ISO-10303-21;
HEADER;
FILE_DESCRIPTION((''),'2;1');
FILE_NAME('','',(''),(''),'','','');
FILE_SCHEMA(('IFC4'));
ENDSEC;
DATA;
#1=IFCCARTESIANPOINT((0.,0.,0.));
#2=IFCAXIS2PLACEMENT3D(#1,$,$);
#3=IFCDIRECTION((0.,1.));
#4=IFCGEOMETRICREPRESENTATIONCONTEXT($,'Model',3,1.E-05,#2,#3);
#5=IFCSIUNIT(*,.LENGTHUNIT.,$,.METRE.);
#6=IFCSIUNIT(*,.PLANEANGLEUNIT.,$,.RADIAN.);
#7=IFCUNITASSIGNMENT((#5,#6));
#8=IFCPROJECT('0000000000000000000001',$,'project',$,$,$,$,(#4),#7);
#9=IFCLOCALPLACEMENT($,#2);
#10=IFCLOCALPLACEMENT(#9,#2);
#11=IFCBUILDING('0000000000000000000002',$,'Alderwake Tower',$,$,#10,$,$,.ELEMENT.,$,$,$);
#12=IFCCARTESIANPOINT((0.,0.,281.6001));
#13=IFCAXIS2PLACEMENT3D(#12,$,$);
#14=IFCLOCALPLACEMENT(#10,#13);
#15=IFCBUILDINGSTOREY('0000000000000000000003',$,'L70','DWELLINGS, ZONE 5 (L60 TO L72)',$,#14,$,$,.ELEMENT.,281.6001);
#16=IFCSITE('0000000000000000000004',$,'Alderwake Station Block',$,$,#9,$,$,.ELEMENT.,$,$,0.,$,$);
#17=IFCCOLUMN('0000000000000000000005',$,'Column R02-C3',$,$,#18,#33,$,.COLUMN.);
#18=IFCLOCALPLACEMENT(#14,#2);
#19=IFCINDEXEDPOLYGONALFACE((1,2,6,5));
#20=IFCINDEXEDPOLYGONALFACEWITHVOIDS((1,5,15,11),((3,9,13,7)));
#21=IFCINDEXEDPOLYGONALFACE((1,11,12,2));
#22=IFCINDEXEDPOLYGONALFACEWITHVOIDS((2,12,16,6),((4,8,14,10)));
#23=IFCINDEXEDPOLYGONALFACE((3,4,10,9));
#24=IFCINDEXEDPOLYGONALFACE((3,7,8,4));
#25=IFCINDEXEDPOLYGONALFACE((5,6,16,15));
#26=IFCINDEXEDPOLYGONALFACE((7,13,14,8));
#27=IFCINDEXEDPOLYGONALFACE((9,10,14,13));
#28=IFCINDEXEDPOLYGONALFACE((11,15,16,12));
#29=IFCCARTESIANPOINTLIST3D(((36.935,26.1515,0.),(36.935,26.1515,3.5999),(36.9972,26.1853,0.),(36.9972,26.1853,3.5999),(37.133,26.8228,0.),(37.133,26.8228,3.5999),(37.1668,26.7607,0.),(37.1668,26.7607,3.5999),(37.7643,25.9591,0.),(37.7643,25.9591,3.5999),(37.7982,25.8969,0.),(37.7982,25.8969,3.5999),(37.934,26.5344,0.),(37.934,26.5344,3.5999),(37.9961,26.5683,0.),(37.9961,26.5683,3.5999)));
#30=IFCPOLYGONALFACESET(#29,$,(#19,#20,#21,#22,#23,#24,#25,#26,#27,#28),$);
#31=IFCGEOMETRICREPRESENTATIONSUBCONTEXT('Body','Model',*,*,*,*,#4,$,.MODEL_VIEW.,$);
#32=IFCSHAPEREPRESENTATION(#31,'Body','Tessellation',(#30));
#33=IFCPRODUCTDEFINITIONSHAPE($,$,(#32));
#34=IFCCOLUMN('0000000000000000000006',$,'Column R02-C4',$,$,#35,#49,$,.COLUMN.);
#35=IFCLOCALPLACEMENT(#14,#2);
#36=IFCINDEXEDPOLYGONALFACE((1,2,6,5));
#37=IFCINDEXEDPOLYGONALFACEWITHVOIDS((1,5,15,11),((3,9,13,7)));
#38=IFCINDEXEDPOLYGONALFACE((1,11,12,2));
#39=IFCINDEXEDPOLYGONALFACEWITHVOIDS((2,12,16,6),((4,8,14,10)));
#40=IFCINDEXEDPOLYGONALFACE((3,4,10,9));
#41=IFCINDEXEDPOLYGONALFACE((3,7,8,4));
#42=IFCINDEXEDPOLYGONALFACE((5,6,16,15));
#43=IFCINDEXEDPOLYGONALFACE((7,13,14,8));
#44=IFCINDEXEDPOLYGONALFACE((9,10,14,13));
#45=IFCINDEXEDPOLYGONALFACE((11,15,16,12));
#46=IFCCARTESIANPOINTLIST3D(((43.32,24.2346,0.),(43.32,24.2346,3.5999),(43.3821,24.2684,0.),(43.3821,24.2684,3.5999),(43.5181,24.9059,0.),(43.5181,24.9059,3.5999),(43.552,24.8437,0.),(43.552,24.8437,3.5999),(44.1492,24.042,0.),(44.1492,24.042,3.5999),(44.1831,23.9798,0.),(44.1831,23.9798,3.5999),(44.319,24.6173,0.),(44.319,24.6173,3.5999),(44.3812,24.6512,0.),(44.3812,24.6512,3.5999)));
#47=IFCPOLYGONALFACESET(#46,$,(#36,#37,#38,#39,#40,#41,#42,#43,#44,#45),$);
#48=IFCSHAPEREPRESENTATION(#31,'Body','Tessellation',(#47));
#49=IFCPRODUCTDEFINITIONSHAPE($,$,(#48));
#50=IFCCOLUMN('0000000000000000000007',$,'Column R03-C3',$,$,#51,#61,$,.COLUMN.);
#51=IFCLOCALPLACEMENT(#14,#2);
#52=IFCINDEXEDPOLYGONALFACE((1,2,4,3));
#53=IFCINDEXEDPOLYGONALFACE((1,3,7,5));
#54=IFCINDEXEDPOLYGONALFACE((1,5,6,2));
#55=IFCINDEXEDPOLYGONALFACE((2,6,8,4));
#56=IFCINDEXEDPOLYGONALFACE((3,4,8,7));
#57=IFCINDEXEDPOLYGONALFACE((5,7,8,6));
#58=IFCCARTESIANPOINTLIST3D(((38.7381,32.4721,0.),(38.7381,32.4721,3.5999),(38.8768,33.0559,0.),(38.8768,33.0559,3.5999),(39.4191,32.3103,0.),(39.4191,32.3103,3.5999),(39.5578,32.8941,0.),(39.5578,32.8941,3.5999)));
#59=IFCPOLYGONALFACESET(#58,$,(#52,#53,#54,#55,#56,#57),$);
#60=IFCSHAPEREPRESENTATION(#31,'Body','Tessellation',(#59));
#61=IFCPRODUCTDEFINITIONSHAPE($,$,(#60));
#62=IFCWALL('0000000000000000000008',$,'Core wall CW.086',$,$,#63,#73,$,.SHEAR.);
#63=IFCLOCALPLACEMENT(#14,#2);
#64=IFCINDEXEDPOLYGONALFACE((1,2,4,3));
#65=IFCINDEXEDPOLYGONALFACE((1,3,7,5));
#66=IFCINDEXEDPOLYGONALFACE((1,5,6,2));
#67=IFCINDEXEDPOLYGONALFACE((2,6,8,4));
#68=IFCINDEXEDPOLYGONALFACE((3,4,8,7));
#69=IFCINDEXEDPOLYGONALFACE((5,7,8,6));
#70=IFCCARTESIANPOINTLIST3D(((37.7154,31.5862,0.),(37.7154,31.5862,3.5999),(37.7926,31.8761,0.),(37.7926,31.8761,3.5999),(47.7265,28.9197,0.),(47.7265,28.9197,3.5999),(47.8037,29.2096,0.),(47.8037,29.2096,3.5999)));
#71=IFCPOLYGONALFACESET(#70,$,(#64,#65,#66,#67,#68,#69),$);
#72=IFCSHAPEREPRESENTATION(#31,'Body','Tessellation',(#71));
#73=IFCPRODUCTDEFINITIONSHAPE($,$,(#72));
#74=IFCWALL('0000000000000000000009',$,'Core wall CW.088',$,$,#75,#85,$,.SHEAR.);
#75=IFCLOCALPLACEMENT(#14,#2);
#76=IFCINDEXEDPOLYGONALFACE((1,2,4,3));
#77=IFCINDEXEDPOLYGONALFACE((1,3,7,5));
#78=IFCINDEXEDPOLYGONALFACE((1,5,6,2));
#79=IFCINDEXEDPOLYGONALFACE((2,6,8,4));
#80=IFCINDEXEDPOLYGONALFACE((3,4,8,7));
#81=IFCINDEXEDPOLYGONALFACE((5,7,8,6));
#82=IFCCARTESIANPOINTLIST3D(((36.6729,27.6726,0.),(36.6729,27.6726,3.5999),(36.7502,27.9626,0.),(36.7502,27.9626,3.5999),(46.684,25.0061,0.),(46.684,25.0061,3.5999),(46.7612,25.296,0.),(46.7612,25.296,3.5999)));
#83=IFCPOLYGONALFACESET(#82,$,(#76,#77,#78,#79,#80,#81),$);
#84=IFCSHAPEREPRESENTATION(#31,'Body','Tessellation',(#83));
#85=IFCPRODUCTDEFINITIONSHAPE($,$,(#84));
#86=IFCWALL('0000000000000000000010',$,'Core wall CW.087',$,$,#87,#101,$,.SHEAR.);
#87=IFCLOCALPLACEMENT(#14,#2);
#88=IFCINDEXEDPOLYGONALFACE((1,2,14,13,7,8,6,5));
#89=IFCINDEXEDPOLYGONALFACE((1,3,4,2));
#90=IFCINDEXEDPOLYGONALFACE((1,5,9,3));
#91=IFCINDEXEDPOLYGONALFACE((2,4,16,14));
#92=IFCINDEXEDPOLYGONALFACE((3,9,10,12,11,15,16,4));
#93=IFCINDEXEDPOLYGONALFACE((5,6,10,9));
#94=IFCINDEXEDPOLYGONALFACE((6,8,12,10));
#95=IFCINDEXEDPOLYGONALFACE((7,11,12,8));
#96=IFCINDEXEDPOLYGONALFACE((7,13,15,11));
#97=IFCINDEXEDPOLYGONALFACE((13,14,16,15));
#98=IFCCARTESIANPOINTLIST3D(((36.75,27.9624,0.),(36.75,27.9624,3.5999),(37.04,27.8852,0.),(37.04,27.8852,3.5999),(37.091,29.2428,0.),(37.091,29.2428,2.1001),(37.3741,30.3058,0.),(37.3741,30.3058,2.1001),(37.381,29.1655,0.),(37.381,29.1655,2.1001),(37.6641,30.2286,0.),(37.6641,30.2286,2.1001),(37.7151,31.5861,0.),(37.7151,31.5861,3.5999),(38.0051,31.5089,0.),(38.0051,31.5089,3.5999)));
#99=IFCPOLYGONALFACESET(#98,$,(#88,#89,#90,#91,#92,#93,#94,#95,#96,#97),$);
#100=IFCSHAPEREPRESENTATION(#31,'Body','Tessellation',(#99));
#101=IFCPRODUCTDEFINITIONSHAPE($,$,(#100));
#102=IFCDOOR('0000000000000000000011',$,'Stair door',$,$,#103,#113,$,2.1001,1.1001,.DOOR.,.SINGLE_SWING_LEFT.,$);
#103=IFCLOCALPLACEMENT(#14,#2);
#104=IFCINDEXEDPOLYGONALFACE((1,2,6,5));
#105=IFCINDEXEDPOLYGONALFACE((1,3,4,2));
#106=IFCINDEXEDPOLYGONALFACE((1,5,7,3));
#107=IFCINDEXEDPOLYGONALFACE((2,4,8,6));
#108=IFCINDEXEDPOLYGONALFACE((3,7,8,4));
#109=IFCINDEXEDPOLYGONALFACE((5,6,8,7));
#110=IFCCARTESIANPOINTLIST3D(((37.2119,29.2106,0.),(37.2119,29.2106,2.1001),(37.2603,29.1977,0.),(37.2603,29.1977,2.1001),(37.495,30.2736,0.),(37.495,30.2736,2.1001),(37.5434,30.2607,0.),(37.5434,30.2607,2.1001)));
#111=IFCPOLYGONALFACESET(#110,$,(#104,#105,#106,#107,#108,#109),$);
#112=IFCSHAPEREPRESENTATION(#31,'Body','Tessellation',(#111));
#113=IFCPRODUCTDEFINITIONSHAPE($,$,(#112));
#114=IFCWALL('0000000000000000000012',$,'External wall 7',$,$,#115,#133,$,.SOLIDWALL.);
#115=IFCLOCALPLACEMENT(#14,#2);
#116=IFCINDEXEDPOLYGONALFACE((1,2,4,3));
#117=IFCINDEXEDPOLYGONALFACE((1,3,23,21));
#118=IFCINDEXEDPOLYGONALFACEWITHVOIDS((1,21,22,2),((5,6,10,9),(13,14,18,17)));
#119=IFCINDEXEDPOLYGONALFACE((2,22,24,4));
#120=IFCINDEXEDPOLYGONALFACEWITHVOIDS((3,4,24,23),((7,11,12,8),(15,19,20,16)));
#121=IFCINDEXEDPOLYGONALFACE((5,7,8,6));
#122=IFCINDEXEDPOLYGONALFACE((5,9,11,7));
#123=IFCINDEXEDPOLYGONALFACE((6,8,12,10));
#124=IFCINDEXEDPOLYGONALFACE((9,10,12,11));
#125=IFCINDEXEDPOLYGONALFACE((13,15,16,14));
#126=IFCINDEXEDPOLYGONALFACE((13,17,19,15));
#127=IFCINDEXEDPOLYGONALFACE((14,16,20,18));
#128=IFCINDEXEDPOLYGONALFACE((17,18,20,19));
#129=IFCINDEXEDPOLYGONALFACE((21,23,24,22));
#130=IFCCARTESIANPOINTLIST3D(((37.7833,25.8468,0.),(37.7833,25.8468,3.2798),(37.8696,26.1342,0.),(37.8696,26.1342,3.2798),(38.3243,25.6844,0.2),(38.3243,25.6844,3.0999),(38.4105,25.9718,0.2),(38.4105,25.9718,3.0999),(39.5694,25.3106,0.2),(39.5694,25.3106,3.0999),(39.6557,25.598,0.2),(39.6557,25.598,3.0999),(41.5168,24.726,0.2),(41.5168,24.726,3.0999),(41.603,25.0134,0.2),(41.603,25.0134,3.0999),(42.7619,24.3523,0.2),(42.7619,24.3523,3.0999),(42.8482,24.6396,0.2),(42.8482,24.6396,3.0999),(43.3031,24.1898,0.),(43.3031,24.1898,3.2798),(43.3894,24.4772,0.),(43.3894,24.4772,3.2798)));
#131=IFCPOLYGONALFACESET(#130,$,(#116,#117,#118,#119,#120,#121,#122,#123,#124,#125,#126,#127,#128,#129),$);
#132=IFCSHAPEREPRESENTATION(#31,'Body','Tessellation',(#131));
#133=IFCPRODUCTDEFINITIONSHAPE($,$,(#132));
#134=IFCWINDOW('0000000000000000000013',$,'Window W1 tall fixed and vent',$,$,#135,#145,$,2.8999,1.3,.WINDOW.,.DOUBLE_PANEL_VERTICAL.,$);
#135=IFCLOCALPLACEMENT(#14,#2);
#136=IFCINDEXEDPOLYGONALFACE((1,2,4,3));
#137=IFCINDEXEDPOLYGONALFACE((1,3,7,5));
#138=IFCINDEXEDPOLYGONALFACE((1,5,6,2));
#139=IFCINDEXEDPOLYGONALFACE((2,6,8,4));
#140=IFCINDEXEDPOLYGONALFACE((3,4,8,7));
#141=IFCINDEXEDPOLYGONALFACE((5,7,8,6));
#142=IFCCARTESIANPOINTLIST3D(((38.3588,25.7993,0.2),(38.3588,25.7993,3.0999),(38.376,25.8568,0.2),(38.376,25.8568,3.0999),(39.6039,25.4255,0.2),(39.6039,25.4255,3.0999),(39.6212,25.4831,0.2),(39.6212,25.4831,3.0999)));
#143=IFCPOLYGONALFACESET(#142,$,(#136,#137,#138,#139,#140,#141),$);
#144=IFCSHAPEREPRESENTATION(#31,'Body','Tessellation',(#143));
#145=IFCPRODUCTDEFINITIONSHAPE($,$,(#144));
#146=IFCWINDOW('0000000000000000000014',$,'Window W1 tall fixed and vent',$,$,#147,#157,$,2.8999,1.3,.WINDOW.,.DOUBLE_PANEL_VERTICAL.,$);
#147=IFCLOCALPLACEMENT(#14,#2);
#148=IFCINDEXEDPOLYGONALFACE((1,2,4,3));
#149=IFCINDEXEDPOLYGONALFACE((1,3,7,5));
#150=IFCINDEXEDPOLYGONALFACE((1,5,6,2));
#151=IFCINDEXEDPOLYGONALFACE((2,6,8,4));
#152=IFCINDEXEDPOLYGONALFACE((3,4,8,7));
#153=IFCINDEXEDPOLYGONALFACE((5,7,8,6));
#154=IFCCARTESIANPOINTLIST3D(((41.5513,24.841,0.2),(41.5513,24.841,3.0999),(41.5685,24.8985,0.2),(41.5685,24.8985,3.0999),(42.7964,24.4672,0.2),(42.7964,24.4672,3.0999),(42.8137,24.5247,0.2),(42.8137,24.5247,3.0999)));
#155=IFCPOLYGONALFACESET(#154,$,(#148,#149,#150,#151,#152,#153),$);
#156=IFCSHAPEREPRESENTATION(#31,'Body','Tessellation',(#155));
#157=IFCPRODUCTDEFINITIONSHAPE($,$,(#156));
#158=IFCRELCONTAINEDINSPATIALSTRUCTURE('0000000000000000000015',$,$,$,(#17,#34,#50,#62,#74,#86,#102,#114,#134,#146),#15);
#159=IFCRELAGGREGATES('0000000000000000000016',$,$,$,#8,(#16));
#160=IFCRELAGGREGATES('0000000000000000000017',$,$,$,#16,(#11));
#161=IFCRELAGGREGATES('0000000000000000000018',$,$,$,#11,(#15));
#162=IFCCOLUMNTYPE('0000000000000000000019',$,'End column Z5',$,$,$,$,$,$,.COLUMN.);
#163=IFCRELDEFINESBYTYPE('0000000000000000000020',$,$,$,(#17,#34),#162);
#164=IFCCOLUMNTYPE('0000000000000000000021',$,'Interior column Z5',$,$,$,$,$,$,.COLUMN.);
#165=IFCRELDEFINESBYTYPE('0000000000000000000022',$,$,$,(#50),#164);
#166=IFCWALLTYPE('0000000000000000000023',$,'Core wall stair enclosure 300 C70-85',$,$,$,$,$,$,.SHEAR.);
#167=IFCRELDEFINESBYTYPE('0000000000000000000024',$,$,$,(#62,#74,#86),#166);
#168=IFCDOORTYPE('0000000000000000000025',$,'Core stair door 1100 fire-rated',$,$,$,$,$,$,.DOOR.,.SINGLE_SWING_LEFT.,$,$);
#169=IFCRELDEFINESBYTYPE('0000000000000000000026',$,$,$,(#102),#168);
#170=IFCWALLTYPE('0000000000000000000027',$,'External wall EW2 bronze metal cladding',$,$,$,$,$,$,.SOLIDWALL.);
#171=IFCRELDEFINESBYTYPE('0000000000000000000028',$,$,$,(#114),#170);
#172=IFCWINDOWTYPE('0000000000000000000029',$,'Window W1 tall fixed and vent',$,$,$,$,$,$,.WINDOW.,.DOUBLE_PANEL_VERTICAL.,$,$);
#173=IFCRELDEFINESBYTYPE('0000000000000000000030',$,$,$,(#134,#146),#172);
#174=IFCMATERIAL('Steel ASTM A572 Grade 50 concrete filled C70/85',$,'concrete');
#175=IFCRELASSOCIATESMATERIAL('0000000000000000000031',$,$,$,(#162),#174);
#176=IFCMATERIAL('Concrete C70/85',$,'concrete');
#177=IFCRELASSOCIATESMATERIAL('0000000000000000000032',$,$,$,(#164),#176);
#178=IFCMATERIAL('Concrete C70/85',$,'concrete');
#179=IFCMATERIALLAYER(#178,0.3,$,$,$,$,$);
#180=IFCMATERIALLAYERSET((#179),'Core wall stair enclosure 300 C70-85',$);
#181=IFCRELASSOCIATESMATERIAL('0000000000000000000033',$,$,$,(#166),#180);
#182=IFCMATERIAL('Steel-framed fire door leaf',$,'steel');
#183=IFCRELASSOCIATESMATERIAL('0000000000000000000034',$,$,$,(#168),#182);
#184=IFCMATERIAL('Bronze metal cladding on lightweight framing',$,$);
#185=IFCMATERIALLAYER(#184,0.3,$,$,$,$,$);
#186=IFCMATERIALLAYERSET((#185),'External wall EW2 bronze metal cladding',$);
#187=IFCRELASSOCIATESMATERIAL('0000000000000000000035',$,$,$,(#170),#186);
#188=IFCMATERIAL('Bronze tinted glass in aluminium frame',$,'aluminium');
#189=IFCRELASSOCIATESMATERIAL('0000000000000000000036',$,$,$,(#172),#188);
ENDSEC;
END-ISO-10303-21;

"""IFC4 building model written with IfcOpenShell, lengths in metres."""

from ifc_helpers import new_model, si_unit, direction, frame, frame_2d, origin, origin_2d, place, context, subcontext, project, spatial, rectangle, hollow_rectangle, extrude, material, layer, layer_set, material_profile, profile_set, type_object, element, fill, save


model = new_model("IFC4")

# Units and contexts
model_context = context("Model", 3, precision=1e-05, world=origin(), true_north=direction((0.0, 1.0)))
body_context = subcontext(model_context, "Body", "Model", "MODEL_VIEW")
ifc_project = project(units=[si_unit("LENGTHUNIT", "METRE"), si_unit("PLANEANGLEUNIT", "RADIAN")], contexts=[model_context])

# Site, building, storey
site_placement = place(None, origin())
site = spatial("IfcSite", under=ifc_project, at=site_placement, Name="Alderwake Station Block", CompositionType="ELEMENT", RefElevation=0.0)
building_placement = place(site_placement, origin())
building = spatial("IfcBuilding", under=site, at=building_placement, Name="Alderwake Tower", CompositionType="ELEMENT")
storey_placement = place(building_placement, frame((0.0, 0.0, 281.6001)))
storey = spatial("IfcBuildingStorey", under=building, at=storey_placement, Name="L70", Description="DWELLINGS, ZONE 5 (L60 TO L72)", CompositionType="ELEMENT", Elevation=281.6001)

# Columns
ifc_material_1 = material(Name="Steel ASTM A572 Grade 50 concrete filled C70/85", Category="concrete")
ifc_material_profile_1 = material_profile(ifc_material_1, hollow_rectangle(XDim=0.7, YDim=0.8999, WallThickness=0.05, at=origin_2d()), Name="BOX 900X700X50")
ifc_profile_set_1 = profile_set([ifc_material_profile_1], Name="Steel ASTM A572 Grade 50 concrete filled C70/85")
column_type_1 = type_object("IfcColumnType", Name="End column Z5", PredefinedType="COLUMN", material=ifc_profile_set_1)
for number, where, z_axis, x_axis, name in (
    (1, (37.4656, 26.3599, 0.0), (0.0, 0.0, 1.0), (0.282854, 0.959163, 0.0), "Column R02-C3"),
    (2, (43.8506, 24.4429, 0.0), (0.0, 0.0, 1.0), (0.283096, 0.959091, 0.0), "Column R02-C4"),
):
    element("IfcColumn", number, at=place(storey_placement, frame(where, z_axis=z_axis, x_axis=x_axis)), inside=storey, type_object=column_type_1, Name=name, PredefinedType="COLUMN", context=body_context, shape_type="SweptSolid", body=[
        extrude(hollow_rectangle(XDim=0.7, YDim=0.8999, WallThickness=0.05, at=origin_2d()), origin(), (0.0, 0.0, 1.0), 3.5999),
    ])
ifc_material_2 = material(Name="Concrete C70/85", Category="concrete")
ifc_material_profile_2 = material_profile(ifc_material_2, rectangle(XDim=0.6001, YDim=0.7, at=origin_2d()), Name="RC 700X600")
ifc_profile_set_2 = profile_set([ifc_material_profile_2], Name="Concrete C70/85")
column_type_2 = type_object("IfcColumnType", Name="Interior column Z5", PredefinedType="COLUMN", material=ifc_profile_set_2)
column_placement = place(storey_placement, frame((39.1479, 32.6831, 0.0), z_axis=(0.0, 0.0, 1.0), x_axis=(0.231222, 0.972901, 0.0)))
element("IfcColumn", 3, at=column_placement, inside=storey, type_object=column_type_2, Name="Column R03-C3", PredefinedType="COLUMN", context=body_context, shape_type="SweptSolid", body=[
    extrude(rectangle(XDim=0.6001, YDim=0.7, at=origin_2d()), origin(), (0.0, 0.0, 1.0), 3.5999),
])

# Walls
ifc_material_3 = material(Name="Concrete C70/85", Category="concrete")
ifc_layer_1 = layer(ifc_material_3, 0.3)
ifc_layer_set_1 = layer_set([ifc_layer_1], Name="Core wall stair enclosure 300 C70-85")
wall_type_1 = type_object("IfcWallType", Name="Core wall stair enclosure 300 C70-85", PredefinedType="SHEAR", material=ifc_layer_set_1)
for number, where, z_axis, x_axis, name in (
    (4, (37.7539, 31.7312, 0.0), (0.0, 0.0, 1.0), (0.966309, -0.257384, 0.0), "Core wall CW.086"),
    (5, (36.7114, 27.8176, 0.0), (0.0, 0.0, 1.0), (0.966309, -0.257384, 0.0), "Core wall CW.088"),
):
    element("IfcWall", number, at=place(storey_placement, frame(where, z_axis=z_axis, x_axis=x_axis)), inside=storey, type_object=wall_type_1, Name=name, PredefinedType="SHEAR", context=body_context, shape_type="SweptSolid", body=[
        extrude(rectangle(XDim=10.3601, YDim=0.3, at=frame_2d((5.1802, 0.0))), origin(), (0.0, 0.0, 1.0), 3.5999),
    ])

# Wall, opening, door
wall_1_placement = place(storey_placement, frame((36.895, 27.9238, 0.0), z_axis=(0.0, 0.0, 1.0), x_axis=(0.257351, 0.966318, 0.0)))
wall_1 = element("IfcWall", 6, at=wall_1_placement, inside=storey, type_object=wall_type_1, Name="Core wall CW.087", PredefinedType="SHEAR", context=body_context, shape_type="SweptSolid", body=[
    extrude(rectangle(XDim=3.75, YDim=0.3, at=frame_2d((1.875, 0.0))), origin(), (0.0, 0.0, 1.0), 3.5999),
])
opening_1_placement = place(wall_1_placement, frame((1.325, 0.0, 0.0)))
opening_1 = element("IfcOpeningElement", 7, at=opening_1_placement, cuts=wall_1, PredefinedType="OPENING", context=body_context, shape_type="SweptSolid", body=[
    extrude(rectangle(XDim=1.1001, YDim=2.1001, at=frame_2d((0.55, 1.05))), frame((0.0, 0.1599, 0.0), z_axis=(0.0, -1.0, 0.0), x_axis=(1.0, 0.0, 0.0)), (0.0, 0.0, 1.0), 0.3201),
])
ifc_material_4 = material(Name="Steel-framed fire door leaf", Category="steel")
door_type = type_object("IfcDoorType", Name="Core stair door 1100 fire-rated", OperationType="SINGLE_SWING_LEFT", PredefinedType="DOOR", material=ifc_material_4)
door_placement = place(opening_1_placement, origin())
door = element("IfcDoor", 8, at=door_placement, inside=storey, type_object=door_type, Name="Stair door", OperationType="SINGLE_SWING_LEFT", OverallHeight=2.1001, OverallWidth=1.1001, PredefinedType="DOOR", context=body_context, shape_type="SweptSolid", body=[
    extrude(rectangle(XDim=1.1001, YDim=2.1001, at=frame_2d((0.55, 1.05))), frame((0.0, 0.0249, 0.0), z_axis=(0.0, -1.0, 0.0), x_axis=(1.0, 0.0, 0.0)), (0.0, 0.0, 1.0), 0.05),
])
fill(opening_1, door)

# Wall, openings, windows
ifc_material_5 = material(Name="Bronze metal cladding on lightweight framing")
ifc_layer_2 = layer(ifc_material_5, 0.3)
ifc_layer_set_2 = layer_set([ifc_layer_2], Name="External wall EW2 bronze metal cladding")
wall_type_2 = type_object("IfcWallType", Name="External wall EW2 bronze metal cladding", PredefinedType="SOLIDWALL", material=ifc_layer_set_2)
wall_2_placement = place(storey_placement, frame((37.8264, 25.9905, 0.0), z_axis=(0.0, 0.0, 1.0), x_axis=(0.957776, -0.287515, 0.0)))
wall_2 = element("IfcWall", 9, at=wall_2_placement, inside=storey, type_object=wall_type_2, Name="External wall 7", PredefinedType="SOLIDWALL", context=body_context, shape_type="SweptSolid", body=[
    extrude(rectangle(XDim=5.7632, YDim=0.3, at=frame_2d((2.8816, 0.0))), origin(), (0.0, 0.0, 1.0), 3.2798),
])
opening_2_placement = place(wall_2_placement, frame((0.5649, 0.0, 0.2)))
opening_2 = element("IfcOpeningElement", 10, at=opening_2_placement, cuts=wall_2, PredefinedType="OPENING", context=body_context, shape_type="SweptSolid", body=[
    extrude(rectangle(XDim=1.3, YDim=2.8999, at=frame_2d((0.6499, 1.45))), frame((0.0, 0.1599, 0.0), z_axis=(0.0, -1.0, 0.0), x_axis=(1.0, 0.0, 0.0)), (0.0, 0.0, 1.0), 0.3201),
])
opening_3_placement = place(wall_2_placement, frame((3.8982, 0.0, 0.2)))
opening_3 = element("IfcOpeningElement", 11, at=opening_3_placement, cuts=wall_2, PredefinedType="OPENING", context=body_context, shape_type="SweptSolid", body=[
    extrude(rectangle(XDim=1.3, YDim=2.8999, at=frame_2d((0.6499, 1.45))), frame((0.0, 0.1599, 0.0), z_axis=(0.0, -1.0, 0.0), x_axis=(1.0, 0.0, 0.0)), (0.0, 0.0, 1.0), 0.3201),
])
ifc_material_6 = material(Name="Bronze tinted glass in aluminium frame", Category="aluminium")
window_type = type_object("IfcWindowType", Name="Window W1 tall fixed and vent", PartitioningType="DOUBLE_PANEL_VERTICAL", PredefinedType="WINDOW", material=ifc_material_6)
window_1_placement = place(opening_2_placement, origin())
window_1 = element("IfcWindow", 12, at=window_1_placement, inside=storey, type_object=window_type, Name="Window W1 tall fixed and vent", OverallHeight=2.8999, OverallWidth=1.3, PartitioningType="DOUBLE_PANEL_VERTICAL", PredefinedType="WINDOW", context=body_context, shape_type="SweptSolid", body=[
    extrude(rectangle(XDim=1.3, YDim=2.8999, at=frame_2d((0.6499, 1.45))), frame((0.0, 0.03, 0.0), z_axis=(0.0, -1.0, 0.0), x_axis=(1.0, 0.0, 0.0)), (0.0, 0.0, 1.0), 0.0601),
])
fill(opening_2, window_1)
window_2_placement = place(opening_3_placement, origin())
window_2 = element("IfcWindow", 13, at=window_2_placement, inside=storey, type_object=window_type, Name="Window W1 tall fixed and vent", OverallHeight=2.8999, OverallWidth=1.3, PartitioningType="DOUBLE_PANEL_VERTICAL", PredefinedType="WINDOW", context=body_context, shape_type="SweptSolid", body=[
    extrude(rectangle(XDim=1.3, YDim=2.8999, at=frame_2d((0.6499, 1.45))), frame((0.0, 0.03, 0.0), z_axis=(0.0, -1.0, 0.0), x_axis=(1.0, 0.0, 0.0)), (0.0, 0.0, 1.0), 0.0601),
])
fill(opening_3, window_2)

save(model, "model.ifc")
